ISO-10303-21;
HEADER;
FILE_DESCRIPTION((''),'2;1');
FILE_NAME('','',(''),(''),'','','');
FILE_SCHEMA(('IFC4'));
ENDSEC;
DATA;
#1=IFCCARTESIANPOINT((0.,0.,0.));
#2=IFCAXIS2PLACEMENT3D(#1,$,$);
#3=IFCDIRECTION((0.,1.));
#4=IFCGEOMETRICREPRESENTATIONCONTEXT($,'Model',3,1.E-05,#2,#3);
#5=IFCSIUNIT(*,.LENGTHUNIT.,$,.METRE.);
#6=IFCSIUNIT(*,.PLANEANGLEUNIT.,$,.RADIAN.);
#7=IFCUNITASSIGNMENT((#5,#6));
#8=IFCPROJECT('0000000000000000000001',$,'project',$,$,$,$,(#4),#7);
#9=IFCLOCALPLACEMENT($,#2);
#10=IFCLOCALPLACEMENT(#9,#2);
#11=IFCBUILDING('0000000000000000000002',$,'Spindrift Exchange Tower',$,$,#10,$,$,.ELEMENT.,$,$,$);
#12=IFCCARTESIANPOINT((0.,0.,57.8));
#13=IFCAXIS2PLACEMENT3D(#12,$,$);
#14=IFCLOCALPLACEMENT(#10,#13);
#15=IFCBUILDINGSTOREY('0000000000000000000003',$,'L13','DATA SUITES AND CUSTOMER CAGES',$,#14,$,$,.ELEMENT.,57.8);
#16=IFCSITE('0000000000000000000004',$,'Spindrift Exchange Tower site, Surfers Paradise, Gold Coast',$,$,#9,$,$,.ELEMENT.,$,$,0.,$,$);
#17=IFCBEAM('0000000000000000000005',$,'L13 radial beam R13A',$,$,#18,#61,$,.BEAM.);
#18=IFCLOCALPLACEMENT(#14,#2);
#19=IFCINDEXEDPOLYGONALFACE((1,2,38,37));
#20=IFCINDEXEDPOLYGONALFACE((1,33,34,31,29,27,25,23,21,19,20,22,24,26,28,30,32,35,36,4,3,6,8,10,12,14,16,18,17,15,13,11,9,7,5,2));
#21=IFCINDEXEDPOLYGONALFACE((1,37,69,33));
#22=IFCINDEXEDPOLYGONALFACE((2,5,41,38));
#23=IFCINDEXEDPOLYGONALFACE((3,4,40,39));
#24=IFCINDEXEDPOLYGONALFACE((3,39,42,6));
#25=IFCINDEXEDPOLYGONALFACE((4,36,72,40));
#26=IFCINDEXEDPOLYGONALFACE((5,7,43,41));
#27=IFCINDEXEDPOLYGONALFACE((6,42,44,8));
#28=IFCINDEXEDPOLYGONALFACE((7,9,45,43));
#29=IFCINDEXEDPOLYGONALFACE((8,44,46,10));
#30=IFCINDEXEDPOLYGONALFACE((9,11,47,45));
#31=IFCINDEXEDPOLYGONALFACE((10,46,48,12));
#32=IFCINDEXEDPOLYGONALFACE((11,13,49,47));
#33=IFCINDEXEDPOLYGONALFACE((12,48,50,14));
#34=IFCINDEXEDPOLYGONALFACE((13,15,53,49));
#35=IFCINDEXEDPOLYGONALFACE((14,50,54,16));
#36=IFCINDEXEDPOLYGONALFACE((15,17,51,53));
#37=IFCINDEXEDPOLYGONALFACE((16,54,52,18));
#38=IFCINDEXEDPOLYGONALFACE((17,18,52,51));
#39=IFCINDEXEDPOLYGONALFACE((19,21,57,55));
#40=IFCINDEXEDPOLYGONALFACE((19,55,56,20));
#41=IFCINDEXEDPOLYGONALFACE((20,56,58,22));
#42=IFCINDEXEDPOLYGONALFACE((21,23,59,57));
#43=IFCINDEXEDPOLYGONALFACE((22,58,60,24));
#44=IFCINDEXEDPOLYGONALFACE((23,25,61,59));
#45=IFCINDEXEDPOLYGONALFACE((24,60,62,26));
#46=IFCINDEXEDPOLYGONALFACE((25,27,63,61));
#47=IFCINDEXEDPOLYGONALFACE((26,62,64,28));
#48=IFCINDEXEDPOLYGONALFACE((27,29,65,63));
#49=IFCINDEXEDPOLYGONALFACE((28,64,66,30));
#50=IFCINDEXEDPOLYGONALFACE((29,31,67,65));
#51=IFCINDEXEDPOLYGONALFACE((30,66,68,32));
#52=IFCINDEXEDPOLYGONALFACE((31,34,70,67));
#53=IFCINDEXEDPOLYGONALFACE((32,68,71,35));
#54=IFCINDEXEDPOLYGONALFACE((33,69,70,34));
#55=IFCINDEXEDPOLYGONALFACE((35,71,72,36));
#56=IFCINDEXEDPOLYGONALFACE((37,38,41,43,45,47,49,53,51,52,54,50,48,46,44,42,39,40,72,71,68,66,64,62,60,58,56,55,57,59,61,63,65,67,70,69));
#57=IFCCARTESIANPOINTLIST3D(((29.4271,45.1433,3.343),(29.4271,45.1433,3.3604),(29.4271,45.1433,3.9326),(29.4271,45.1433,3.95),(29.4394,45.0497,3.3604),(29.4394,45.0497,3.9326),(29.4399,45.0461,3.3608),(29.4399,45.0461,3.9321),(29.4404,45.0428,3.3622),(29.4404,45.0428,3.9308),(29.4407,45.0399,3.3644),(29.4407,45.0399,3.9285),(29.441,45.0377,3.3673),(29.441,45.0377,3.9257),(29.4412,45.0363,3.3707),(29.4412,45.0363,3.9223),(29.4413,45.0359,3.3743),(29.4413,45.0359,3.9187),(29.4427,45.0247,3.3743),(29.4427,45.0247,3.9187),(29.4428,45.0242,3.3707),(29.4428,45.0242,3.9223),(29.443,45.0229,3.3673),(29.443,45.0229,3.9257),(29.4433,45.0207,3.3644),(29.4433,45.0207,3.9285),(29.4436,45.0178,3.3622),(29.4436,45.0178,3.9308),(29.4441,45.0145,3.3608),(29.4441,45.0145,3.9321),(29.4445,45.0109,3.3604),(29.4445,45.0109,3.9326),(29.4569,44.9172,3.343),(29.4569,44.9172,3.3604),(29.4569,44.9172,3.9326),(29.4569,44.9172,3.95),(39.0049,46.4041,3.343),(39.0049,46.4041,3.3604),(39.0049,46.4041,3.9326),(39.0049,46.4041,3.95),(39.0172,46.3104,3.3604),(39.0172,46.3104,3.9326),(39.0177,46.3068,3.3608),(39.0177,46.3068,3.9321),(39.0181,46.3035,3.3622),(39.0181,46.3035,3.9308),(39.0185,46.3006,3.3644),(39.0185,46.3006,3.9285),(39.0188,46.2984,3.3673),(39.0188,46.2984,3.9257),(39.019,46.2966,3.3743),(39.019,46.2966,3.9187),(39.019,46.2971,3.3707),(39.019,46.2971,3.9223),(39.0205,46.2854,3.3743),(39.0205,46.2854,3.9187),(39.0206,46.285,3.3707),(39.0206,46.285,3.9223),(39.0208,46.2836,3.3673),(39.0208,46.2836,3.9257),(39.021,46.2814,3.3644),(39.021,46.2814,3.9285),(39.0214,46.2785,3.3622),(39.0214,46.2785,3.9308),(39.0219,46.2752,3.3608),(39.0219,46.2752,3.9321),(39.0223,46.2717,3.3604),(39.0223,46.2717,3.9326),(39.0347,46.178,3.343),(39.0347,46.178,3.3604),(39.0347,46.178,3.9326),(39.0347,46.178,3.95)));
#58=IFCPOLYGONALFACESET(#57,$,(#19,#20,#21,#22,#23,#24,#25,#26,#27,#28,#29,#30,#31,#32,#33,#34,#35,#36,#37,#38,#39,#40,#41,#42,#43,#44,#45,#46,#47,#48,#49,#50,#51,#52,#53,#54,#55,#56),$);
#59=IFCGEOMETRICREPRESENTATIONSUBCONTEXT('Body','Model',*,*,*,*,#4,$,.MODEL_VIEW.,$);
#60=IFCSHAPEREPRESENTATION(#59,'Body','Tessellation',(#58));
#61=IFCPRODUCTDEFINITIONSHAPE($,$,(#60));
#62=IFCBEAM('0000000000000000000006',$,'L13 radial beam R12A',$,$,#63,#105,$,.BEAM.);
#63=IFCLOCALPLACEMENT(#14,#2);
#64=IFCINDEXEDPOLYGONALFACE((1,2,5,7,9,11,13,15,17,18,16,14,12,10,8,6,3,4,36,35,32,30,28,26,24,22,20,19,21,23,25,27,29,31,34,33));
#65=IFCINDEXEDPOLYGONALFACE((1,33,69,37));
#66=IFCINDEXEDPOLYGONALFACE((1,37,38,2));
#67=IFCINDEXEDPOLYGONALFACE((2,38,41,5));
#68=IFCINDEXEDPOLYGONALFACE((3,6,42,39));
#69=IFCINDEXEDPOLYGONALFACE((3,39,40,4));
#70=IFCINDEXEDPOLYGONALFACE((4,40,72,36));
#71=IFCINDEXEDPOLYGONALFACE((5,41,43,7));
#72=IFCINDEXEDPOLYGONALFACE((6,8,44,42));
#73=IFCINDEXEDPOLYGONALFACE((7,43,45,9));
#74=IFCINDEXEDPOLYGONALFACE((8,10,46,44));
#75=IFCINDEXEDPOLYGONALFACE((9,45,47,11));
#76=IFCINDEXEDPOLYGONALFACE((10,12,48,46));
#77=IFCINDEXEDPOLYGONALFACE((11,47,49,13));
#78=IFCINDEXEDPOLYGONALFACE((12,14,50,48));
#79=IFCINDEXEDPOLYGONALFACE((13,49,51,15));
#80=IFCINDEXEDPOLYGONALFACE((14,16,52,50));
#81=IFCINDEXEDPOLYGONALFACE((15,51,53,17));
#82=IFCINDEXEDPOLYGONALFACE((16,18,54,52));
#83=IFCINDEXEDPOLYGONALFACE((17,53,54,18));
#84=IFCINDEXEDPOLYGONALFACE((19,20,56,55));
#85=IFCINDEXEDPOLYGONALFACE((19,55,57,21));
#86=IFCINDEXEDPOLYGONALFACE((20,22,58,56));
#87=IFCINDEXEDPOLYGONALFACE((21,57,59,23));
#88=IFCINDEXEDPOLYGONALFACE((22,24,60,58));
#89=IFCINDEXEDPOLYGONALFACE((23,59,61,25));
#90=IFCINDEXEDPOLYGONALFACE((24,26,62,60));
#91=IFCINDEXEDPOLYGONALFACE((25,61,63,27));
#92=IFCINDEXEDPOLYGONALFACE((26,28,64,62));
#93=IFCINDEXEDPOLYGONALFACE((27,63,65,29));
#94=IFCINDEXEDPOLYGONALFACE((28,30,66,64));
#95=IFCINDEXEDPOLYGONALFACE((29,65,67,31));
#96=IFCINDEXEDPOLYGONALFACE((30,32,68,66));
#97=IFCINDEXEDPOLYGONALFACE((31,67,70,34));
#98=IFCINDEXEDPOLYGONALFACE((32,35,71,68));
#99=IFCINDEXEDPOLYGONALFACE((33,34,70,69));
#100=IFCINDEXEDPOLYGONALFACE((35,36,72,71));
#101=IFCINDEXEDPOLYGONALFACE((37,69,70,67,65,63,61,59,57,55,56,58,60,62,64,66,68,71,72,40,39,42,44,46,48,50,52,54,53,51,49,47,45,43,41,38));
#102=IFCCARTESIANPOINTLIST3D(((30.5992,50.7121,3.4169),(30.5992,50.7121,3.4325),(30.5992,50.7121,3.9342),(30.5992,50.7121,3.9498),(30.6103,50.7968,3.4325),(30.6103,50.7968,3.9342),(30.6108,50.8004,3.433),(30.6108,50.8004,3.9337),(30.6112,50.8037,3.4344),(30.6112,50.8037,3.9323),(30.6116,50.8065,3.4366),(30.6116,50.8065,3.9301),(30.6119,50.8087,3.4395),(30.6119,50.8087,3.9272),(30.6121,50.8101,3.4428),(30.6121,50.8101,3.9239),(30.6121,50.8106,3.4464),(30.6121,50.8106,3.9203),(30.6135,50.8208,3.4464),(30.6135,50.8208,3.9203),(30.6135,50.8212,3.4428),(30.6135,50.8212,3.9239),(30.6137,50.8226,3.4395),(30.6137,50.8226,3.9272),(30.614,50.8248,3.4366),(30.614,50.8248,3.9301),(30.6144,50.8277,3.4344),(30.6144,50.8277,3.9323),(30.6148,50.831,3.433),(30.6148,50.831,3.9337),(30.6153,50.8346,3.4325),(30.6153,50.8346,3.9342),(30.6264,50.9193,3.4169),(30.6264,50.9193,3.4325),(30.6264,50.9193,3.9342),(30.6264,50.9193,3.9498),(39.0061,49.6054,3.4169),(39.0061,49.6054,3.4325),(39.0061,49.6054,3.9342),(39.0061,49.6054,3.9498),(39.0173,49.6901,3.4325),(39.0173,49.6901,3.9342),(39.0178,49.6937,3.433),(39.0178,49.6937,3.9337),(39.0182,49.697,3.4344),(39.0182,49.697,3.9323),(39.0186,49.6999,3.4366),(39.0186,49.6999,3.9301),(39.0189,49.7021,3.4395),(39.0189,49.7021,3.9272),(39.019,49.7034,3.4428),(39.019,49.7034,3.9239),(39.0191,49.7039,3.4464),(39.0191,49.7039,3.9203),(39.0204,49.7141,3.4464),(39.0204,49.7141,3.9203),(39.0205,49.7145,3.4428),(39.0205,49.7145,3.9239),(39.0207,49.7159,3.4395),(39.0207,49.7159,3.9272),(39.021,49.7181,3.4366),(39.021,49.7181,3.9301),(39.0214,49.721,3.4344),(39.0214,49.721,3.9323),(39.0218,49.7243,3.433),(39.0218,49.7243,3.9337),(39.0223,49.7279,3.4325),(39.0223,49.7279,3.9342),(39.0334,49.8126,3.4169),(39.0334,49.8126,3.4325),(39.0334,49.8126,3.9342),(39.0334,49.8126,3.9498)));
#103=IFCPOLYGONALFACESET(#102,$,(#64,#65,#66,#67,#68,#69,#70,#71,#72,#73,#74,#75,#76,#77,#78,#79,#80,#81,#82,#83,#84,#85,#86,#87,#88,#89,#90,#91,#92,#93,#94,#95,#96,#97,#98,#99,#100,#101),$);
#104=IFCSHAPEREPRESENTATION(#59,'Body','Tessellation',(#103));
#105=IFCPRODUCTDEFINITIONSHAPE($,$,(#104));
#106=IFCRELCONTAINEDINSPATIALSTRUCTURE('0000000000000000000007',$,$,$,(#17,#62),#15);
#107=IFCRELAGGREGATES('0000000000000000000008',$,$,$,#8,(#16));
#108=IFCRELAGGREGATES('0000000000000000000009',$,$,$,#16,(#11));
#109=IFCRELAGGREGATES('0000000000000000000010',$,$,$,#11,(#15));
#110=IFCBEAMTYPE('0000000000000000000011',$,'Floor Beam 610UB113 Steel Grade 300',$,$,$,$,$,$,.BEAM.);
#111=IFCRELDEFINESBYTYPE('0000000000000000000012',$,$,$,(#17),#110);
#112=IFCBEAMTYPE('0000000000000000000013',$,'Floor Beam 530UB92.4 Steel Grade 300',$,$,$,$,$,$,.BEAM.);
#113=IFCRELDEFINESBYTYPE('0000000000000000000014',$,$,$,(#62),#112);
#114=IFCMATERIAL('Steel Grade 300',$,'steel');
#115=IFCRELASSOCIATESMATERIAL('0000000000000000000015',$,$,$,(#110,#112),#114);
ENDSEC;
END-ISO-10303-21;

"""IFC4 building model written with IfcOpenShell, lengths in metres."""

from ifc_helpers import new_model, si_unit, direction, frame, origin, origin_2d, place, context, subcontext, project, spatial, i_section, extrude, source, transform, mapped, material, material_profile, profile_set, type_object, element, save


model = new_model("IFC4")

# Units and contexts
model_context = context("Model", 3, precision=1e-05, world=origin(), true_north=direction((0.0, 1.0)))
body_context = subcontext(model_context, "Body", "Model", "MODEL_VIEW")
ifc_project = project(units=[si_unit("LENGTHUNIT", "METRE"), si_unit("PLANEANGLEUNIT", "RADIAN")], contexts=[model_context])

# Site, building, storey
site_placement = place(None, origin())
site = spatial("IfcSite", under=ifc_project, at=site_placement, Name="Spindrift Exchange Tower site, Surfers Paradise, Gold Coast", CompositionType="ELEMENT", RefElevation=0.0)
building_placement = place(site_placement, origin())
building = spatial("IfcBuilding", under=site, at=building_placement, Name="Spindrift Exchange Tower", CompositionType="ELEMENT")
storey_placement = place(building_placement, frame((0.0, 0.0, 57.8)))
storey = spatial("IfcBuildingStorey", under=building, at=storey_placement, Name="L13", Description="DATA SUITES AND CUSTOMER CAGES", CompositionType="ELEMENT", Elevation=57.8)

# Beams
ifc_material_1 = material(Name="Steel Grade 300", Category="steel")
ifc_material_profile_1 = material_profile(ifc_material_1, i_section(OverallWidth=0.228, OverallDepth=0.6069, WebThickness=0.0112, FlangeThickness=0.0173, FilletRadius=0.0139, at=origin_2d()), Name="610UB113")
ifc_profile_set_1 = profile_set([ifc_material_profile_1], Name="Steel Grade 300")
beam_type_1 = type_object("IfcBeamType", Name="Floor Beam 610UB113 Steel Grade 300", PredefinedType="BEAM", material=ifc_profile_set_1)
shared_shape_1 = source(origin(), body_context, "Body", "SweptSolid", [
    extrude(i_section(OverallWidth=0.228, OverallDepth=0.6069, WebThickness=0.0112, FlangeThickness=0.0173, FilletRadius=0.0139, at=origin_2d()), origin(), (0.0, 0.0, 1.0), 9.6604),
])
beam_1_placement = place(storey_placement, frame((39.0198, 46.291, 3.6465), z_axis=(-0.991448, -0.130505, 0.0), x_axis=(0.130505, -0.991448, 0.0)))
element("IfcBeam", 1, at=beam_1_placement, inside=storey, type_object=beam_type_1, Name="L13 radial beam R13A", PredefinedType="BEAM", context=body_context, shape_type="MappedRepresentation", body=[
    mapped(shared_shape_1, transform((0.0, 0.0, 0.0), scale=1.0)),
])
ifc_material_profile_2 = material_profile(ifc_material_1, i_section(OverallWidth=0.209, OverallDepth=0.533, WebThickness=0.0103, FlangeThickness=0.0156, FilletRadius=0.0139, at=origin_2d()), Name="530UB92.4")
ifc_profile_set_2 = profile_set([ifc_material_profile_2], Name="Steel Grade 300")
beam_type_2 = type_object("IfcBeamType", Name="Floor Beam 530UB92.4 Steel Grade 300", PredefinedType="BEAM", material=ifc_profile_set_2)
shared_shape_2 = source(origin(), body_context, "Body", "SweptSolid", [
    extrude(i_section(OverallWidth=0.209, OverallDepth=0.533, WebThickness=0.0103, FlangeThickness=0.0156, FilletRadius=0.0139, at=origin_2d()), origin(), (0.0, 0.0, 1.0), 8.4795),
])
beam_2_placement = place(storey_placement, frame((39.0198, 49.709, 3.6833), z_axis=(-0.991447, 0.130513, 0.0), x_axis=(-0.130513, -0.991447, 0.0)))
element("IfcBeam", 2, at=beam_2_placement, inside=storey, type_object=beam_type_2, Name="L13 radial beam R12A", PredefinedType="BEAM", context=body_context, shape_type="MappedRepresentation", body=[
    mapped(shared_shape_2, transform((0.0, 0.0, 0.0), scale=1.0)),
])

save(model, "model.ifc")
